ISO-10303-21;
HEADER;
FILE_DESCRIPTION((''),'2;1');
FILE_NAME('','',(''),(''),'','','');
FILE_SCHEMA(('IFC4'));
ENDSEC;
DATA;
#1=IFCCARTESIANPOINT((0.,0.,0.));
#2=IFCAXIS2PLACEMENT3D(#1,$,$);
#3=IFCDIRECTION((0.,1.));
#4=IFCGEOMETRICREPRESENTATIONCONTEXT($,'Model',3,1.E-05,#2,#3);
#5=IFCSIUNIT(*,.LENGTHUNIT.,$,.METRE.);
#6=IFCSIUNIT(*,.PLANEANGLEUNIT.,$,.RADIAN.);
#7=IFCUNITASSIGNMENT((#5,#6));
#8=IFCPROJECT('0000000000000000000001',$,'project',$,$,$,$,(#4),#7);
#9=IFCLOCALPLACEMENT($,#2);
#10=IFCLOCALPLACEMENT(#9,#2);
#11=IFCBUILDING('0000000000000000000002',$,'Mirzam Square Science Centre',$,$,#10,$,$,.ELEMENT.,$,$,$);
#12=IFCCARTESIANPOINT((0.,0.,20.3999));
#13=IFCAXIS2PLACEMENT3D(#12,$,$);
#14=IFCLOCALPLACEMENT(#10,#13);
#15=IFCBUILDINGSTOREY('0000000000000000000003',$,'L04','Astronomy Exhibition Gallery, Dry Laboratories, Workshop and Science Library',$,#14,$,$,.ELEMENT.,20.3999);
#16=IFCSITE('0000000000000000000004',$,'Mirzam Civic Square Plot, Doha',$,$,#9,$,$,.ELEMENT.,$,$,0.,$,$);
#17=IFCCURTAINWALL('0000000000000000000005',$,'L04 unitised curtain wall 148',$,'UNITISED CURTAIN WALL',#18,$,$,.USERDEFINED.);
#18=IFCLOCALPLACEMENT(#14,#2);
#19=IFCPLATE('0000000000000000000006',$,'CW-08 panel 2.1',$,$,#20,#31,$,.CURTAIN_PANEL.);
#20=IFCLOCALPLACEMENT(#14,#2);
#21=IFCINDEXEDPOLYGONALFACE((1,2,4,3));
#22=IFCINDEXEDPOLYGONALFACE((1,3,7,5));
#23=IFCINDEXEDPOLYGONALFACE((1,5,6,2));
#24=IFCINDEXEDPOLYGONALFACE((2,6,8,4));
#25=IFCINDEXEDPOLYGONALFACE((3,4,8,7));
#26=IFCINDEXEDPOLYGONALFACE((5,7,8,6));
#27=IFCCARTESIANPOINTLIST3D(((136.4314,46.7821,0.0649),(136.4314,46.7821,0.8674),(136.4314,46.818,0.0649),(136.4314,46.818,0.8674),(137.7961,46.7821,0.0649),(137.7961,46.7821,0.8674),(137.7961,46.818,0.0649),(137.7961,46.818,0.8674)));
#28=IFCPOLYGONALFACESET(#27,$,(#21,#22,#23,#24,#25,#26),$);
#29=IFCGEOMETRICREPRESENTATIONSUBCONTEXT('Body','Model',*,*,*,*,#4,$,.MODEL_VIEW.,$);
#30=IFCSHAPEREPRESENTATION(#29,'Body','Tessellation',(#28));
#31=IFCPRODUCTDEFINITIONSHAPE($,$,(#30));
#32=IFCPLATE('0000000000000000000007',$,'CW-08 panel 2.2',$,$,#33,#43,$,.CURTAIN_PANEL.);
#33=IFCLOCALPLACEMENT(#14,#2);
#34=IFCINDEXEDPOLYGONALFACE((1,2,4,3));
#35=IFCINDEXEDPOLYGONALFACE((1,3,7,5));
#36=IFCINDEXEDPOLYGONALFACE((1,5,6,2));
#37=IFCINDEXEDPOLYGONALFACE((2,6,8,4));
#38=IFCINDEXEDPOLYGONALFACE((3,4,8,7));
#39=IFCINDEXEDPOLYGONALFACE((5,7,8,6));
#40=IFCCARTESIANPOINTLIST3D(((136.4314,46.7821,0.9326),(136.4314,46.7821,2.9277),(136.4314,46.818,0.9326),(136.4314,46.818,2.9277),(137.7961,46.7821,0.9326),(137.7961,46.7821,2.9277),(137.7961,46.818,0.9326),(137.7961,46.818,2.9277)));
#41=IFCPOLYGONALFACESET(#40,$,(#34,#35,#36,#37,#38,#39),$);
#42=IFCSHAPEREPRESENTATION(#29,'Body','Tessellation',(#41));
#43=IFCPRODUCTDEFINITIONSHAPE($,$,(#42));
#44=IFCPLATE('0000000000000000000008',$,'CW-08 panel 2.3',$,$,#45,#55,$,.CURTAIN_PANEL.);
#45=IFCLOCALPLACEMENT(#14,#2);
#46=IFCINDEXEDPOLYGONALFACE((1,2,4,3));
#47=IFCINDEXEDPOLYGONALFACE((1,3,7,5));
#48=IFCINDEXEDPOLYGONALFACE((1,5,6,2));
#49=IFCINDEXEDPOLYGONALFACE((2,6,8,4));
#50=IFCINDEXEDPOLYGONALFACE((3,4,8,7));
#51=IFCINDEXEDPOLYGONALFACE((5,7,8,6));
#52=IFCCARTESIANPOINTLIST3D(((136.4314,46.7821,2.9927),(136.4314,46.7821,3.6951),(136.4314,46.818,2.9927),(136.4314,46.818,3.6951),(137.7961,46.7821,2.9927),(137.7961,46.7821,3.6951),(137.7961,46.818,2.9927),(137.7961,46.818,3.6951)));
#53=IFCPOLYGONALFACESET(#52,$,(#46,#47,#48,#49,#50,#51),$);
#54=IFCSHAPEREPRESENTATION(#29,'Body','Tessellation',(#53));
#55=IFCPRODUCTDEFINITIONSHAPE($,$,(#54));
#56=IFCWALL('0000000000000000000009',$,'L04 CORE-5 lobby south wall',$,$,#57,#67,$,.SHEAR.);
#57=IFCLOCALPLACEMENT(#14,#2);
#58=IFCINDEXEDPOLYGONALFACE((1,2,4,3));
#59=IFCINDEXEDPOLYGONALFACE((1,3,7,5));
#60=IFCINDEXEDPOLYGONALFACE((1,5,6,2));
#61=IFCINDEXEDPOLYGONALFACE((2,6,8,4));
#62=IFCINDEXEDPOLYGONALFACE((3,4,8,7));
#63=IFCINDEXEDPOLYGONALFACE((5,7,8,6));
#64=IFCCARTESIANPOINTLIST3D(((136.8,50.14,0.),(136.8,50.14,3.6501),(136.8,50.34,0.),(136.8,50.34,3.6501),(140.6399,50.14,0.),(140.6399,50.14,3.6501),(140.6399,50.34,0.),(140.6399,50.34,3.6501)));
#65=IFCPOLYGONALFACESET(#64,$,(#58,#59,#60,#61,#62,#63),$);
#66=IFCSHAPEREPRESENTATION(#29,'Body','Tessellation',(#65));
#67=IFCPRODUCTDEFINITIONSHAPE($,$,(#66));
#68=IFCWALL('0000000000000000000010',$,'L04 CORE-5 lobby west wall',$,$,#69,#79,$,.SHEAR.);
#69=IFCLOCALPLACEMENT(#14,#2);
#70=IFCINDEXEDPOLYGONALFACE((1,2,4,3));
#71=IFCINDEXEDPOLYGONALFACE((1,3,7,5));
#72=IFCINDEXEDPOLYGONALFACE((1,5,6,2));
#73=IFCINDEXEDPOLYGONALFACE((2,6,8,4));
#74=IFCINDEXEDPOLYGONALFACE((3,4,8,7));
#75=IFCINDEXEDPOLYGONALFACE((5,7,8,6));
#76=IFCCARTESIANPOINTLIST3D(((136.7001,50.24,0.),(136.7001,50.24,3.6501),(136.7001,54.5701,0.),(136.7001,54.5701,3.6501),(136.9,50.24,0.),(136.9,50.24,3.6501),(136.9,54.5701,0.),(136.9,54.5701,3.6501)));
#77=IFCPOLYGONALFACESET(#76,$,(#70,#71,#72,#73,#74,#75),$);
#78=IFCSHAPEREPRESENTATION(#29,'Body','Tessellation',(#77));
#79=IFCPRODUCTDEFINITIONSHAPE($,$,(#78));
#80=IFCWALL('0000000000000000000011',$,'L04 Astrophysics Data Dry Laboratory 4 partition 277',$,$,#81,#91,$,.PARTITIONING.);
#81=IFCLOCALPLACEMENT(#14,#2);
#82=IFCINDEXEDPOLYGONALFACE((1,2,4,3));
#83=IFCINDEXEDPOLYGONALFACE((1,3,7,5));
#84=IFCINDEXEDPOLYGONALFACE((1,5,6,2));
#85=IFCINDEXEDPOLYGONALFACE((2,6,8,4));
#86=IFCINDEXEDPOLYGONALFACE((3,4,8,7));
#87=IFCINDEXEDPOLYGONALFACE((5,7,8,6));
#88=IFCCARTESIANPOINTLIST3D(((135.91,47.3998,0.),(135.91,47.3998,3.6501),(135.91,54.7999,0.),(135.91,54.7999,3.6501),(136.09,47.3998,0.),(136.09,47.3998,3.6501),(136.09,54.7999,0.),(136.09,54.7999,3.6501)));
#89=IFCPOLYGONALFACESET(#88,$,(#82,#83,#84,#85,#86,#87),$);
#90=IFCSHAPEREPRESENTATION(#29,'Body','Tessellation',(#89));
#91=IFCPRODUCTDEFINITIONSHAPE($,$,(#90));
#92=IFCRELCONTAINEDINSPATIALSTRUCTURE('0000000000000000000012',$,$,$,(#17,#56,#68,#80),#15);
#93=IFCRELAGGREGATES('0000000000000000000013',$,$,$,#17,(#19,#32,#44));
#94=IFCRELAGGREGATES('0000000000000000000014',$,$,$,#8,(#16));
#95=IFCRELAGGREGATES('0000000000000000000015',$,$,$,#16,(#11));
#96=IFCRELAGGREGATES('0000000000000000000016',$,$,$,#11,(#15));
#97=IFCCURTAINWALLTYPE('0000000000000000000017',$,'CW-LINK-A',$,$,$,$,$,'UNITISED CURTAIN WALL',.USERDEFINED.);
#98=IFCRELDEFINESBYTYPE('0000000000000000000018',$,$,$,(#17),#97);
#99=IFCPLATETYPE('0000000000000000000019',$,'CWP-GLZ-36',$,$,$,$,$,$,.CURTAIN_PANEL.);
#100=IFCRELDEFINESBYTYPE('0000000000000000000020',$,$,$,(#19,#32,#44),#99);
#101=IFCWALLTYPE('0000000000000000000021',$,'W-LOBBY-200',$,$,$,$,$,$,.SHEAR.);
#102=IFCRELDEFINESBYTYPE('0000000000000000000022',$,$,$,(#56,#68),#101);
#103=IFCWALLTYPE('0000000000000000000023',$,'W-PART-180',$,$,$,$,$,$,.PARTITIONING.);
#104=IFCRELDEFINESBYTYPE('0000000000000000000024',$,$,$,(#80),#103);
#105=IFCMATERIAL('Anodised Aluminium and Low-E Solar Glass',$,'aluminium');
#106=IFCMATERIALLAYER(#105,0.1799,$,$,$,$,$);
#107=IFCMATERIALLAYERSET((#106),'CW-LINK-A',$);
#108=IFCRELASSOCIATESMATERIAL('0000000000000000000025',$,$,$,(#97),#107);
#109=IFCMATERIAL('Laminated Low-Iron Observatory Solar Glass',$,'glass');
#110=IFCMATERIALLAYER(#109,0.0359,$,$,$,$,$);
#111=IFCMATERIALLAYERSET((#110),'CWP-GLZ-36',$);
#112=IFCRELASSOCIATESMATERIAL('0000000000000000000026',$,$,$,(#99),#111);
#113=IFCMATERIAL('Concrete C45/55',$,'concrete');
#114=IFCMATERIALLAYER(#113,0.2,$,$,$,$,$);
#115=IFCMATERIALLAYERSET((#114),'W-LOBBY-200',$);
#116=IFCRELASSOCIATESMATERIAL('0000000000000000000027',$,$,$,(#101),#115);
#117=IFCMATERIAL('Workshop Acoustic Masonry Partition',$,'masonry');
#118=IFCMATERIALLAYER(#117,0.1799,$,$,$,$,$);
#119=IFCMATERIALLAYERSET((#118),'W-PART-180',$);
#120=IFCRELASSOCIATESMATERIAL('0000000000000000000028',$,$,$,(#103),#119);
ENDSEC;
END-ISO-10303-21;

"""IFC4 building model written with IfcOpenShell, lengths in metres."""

from ifc_helpers import new_model, si_unit, direction, frame, frame_2d, origin, origin_2d, place, context, subcontext, project, spatial, rectangle, extrude, material, layer, layer_set, type_object, element, aggregate, save


model = new_model("IFC4")

# Units and contexts
model_context = context("Model", 3, precision=1e-05, world=origin(), true_north=direction((0.0, 1.0)))
body_context = subcontext(model_context, "Body", "Model", "MODEL_VIEW")
ifc_project = project(units=[si_unit("LENGTHUNIT", "METRE"), si_unit("PLANEANGLEUNIT", "RADIAN")], contexts=[model_context])

# Site, building, storey
site_placement = place(None, origin())
site = spatial("IfcSite", under=ifc_project, at=site_placement, Name="Mirzam Civic Square Plot, Doha", CompositionType="ELEMENT", RefElevation=0.0)
building_placement = place(site_placement, origin())
building = spatial("IfcBuilding", under=site, at=building_placement, Name="Mirzam Square Science Centre", CompositionType="ELEMENT")
storey_placement = place(building_placement, frame((0.0, 0.0, 20.3999)))
storey = spatial("IfcBuildingStorey", under=building, at=storey_placement, Name="L04", Description="Astronomy Exhibition Gallery, Dry Laboratories, Workshop and Science Library", CompositionType="ELEMENT", Elevation=20.3999)

# Curtain wall
ifc_material_1 = material(Name="Anodised Aluminium and Low-E Solar Glass", Category="aluminium")
ifc_layer_1 = layer(ifc_material_1, 0.1799)
ifc_layer_set_1 = layer_set([ifc_layer_1], Name="CW-LINK-A")
curtain_wall_type = type_object("IfcCurtainWallType", Name="CW-LINK-A", ElementType="UNITISED CURTAIN WALL", PredefinedType="USERDEFINED", material=ifc_layer_set_1)
curtain_wall_placement = place(storey_placement, origin())
curtain_wall = element("IfcCurtainWall", 1, at=curtain_wall_placement, inside=storey, type_object=curtain_wall_type, Name="L04 unitised curtain wall 148", ObjectType="UNITISED CURTAIN WALL", PredefinedType="USERDEFINED")

# Plates
ifc_material_2 = material(Name="Laminated Low-Iron Observatory Solar Glass", Category="glass")
ifc_layer_2 = layer(ifc_material_2, 0.0359)
ifc_layer_set_2 = layer_set([ifc_layer_2], Name="CWP-GLZ-36")
plate_type = type_object("IfcPlateType", Name="CWP-GLZ-36", PredefinedType="CURTAIN_PANEL", material=ifc_layer_set_2)
plate_1_placement = place(storey_placement, frame((137.1138, 46.8, 0.0649), z_axis=(0.0, 0.0, 1.0), x_axis=(1.0, 0.0, 0.0)))
plate_1 = element("IfcPlate", 2, at=plate_1_placement, type_object=plate_type, Name="CW-08 panel 2.1", PredefinedType="CURTAIN_PANEL", context=body_context, shape_type="SweptSolid", body=[
    extrude(rectangle(XDim=1.3647, YDim=0.0359, at=origin_2d()), origin(), (0.0, 0.0, 1.0), 0.8025),
])
plate_2_placement = place(storey_placement, frame((137.1138, 46.8, 0.9326), z_axis=(0.0, 0.0, 1.0), x_axis=(1.0, 0.0, 0.0)))
plate_2 = element("IfcPlate", 3, at=plate_2_placement, type_object=plate_type, Name="CW-08 panel 2.2", PredefinedType="CURTAIN_PANEL", context=body_context, shape_type="SweptSolid", body=[
    extrude(rectangle(XDim=1.3647, YDim=0.0359, at=origin_2d()), origin(), (0.0, 0.0, 1.0), 1.9951),
])
plate_3_placement = place(storey_placement, frame((137.1138, 46.8, 2.9927), z_axis=(0.0, 0.0, 1.0), x_axis=(1.0, 0.0, 0.0)))
plate_3 = element("IfcPlate", 4, at=plate_3_placement, type_object=plate_type, Name="CW-08 panel 2.3", PredefinedType="CURTAIN_PANEL", context=body_context, shape_type="SweptSolid", body=[
    extrude(rectangle(XDim=1.3647, YDim=0.0359, at=origin_2d()), origin(), (0.0, 0.0, 1.0), 0.7024),
])
aggregate(curtain_wall, [plate_1, plate_2, plate_3])

# Walls
ifc_material_3 = material(Name="Concrete C45/55", Category="concrete")
ifc_layer_3 = layer(ifc_material_3, 0.2)
ifc_layer_set_3 = layer_set([ifc_layer_3], Name="W-LOBBY-200")
wall_type_1 = type_object("IfcWallType", Name="W-LOBBY-200", PredefinedType="SHEAR", material=ifc_layer_set_3)
wall_1_placement = place(storey_placement, frame((136.8, 50.24, 0.0), z_axis=(0.0, 0.0, 1.0), x_axis=(1.0, 0.0, 0.0)))
element("IfcWall", 5, at=wall_1_placement, inside=storey, type_object=wall_type_1, Name="L04 CORE-5 lobby south wall", PredefinedType="SHEAR", context=body_context, shape_type="SweptSolid", body=[
    extrude(rectangle(XDim=3.8398, YDim=0.2, at=frame_2d((1.9199, 0.0))), origin(), (0.0, 0.0, 1.0), 3.6501),
])
wall_2_placement = place(storey_placement, frame((136.8, 54.5701, 0.0), z_axis=(0.0, 0.0, 1.0), x_axis=(0.0, -1.0, 0.0)))
element("IfcWall", 6, at=wall_2_placement, inside=storey, type_object=wall_type_1, Name="L04 CORE-5 lobby west wall", PredefinedType="SHEAR", context=body_context, shape_type="SweptSolid", body=[
    extrude(rectangle(XDim=4.3301, YDim=0.2, at=frame_2d((2.165, 0.0))), origin(), (0.0, 0.0, 1.0), 3.6501),
])
ifc_material_4 = material(Name="Workshop Acoustic Masonry Partition", Category="masonry")
ifc_layer_4 = layer(ifc_material_4, 0.1799)
ifc_layer_set_4 = layer_set([ifc_layer_4], Name="W-PART-180")
wall_type_2 = type_object("IfcWallType", Name="W-PART-180", PredefinedType="PARTITIONING", material=ifc_layer_set_4)
wall_3_placement = place(storey_placement, frame((136.0, 54.8, 0.0), z_axis=(0.0, 0.0, 1.0), x_axis=(0.0, -1.0, 0.0)))
element("IfcWall", 7, at=wall_3_placement, inside=storey, type_object=wall_type_2, Name="L04 Astrophysics Data Dry Laboratory 4 partition 277", PredefinedType="PARTITIONING", context=body_context, shape_type="SweptSolid", body=[
    extrude(rectangle(XDim=7.4001, YDim=0.1799, at=frame_2d((3.7002, 0.0))), origin(), (0.0, 0.0, 1.0), 3.6501),
])

save(model, "model.ifc")
